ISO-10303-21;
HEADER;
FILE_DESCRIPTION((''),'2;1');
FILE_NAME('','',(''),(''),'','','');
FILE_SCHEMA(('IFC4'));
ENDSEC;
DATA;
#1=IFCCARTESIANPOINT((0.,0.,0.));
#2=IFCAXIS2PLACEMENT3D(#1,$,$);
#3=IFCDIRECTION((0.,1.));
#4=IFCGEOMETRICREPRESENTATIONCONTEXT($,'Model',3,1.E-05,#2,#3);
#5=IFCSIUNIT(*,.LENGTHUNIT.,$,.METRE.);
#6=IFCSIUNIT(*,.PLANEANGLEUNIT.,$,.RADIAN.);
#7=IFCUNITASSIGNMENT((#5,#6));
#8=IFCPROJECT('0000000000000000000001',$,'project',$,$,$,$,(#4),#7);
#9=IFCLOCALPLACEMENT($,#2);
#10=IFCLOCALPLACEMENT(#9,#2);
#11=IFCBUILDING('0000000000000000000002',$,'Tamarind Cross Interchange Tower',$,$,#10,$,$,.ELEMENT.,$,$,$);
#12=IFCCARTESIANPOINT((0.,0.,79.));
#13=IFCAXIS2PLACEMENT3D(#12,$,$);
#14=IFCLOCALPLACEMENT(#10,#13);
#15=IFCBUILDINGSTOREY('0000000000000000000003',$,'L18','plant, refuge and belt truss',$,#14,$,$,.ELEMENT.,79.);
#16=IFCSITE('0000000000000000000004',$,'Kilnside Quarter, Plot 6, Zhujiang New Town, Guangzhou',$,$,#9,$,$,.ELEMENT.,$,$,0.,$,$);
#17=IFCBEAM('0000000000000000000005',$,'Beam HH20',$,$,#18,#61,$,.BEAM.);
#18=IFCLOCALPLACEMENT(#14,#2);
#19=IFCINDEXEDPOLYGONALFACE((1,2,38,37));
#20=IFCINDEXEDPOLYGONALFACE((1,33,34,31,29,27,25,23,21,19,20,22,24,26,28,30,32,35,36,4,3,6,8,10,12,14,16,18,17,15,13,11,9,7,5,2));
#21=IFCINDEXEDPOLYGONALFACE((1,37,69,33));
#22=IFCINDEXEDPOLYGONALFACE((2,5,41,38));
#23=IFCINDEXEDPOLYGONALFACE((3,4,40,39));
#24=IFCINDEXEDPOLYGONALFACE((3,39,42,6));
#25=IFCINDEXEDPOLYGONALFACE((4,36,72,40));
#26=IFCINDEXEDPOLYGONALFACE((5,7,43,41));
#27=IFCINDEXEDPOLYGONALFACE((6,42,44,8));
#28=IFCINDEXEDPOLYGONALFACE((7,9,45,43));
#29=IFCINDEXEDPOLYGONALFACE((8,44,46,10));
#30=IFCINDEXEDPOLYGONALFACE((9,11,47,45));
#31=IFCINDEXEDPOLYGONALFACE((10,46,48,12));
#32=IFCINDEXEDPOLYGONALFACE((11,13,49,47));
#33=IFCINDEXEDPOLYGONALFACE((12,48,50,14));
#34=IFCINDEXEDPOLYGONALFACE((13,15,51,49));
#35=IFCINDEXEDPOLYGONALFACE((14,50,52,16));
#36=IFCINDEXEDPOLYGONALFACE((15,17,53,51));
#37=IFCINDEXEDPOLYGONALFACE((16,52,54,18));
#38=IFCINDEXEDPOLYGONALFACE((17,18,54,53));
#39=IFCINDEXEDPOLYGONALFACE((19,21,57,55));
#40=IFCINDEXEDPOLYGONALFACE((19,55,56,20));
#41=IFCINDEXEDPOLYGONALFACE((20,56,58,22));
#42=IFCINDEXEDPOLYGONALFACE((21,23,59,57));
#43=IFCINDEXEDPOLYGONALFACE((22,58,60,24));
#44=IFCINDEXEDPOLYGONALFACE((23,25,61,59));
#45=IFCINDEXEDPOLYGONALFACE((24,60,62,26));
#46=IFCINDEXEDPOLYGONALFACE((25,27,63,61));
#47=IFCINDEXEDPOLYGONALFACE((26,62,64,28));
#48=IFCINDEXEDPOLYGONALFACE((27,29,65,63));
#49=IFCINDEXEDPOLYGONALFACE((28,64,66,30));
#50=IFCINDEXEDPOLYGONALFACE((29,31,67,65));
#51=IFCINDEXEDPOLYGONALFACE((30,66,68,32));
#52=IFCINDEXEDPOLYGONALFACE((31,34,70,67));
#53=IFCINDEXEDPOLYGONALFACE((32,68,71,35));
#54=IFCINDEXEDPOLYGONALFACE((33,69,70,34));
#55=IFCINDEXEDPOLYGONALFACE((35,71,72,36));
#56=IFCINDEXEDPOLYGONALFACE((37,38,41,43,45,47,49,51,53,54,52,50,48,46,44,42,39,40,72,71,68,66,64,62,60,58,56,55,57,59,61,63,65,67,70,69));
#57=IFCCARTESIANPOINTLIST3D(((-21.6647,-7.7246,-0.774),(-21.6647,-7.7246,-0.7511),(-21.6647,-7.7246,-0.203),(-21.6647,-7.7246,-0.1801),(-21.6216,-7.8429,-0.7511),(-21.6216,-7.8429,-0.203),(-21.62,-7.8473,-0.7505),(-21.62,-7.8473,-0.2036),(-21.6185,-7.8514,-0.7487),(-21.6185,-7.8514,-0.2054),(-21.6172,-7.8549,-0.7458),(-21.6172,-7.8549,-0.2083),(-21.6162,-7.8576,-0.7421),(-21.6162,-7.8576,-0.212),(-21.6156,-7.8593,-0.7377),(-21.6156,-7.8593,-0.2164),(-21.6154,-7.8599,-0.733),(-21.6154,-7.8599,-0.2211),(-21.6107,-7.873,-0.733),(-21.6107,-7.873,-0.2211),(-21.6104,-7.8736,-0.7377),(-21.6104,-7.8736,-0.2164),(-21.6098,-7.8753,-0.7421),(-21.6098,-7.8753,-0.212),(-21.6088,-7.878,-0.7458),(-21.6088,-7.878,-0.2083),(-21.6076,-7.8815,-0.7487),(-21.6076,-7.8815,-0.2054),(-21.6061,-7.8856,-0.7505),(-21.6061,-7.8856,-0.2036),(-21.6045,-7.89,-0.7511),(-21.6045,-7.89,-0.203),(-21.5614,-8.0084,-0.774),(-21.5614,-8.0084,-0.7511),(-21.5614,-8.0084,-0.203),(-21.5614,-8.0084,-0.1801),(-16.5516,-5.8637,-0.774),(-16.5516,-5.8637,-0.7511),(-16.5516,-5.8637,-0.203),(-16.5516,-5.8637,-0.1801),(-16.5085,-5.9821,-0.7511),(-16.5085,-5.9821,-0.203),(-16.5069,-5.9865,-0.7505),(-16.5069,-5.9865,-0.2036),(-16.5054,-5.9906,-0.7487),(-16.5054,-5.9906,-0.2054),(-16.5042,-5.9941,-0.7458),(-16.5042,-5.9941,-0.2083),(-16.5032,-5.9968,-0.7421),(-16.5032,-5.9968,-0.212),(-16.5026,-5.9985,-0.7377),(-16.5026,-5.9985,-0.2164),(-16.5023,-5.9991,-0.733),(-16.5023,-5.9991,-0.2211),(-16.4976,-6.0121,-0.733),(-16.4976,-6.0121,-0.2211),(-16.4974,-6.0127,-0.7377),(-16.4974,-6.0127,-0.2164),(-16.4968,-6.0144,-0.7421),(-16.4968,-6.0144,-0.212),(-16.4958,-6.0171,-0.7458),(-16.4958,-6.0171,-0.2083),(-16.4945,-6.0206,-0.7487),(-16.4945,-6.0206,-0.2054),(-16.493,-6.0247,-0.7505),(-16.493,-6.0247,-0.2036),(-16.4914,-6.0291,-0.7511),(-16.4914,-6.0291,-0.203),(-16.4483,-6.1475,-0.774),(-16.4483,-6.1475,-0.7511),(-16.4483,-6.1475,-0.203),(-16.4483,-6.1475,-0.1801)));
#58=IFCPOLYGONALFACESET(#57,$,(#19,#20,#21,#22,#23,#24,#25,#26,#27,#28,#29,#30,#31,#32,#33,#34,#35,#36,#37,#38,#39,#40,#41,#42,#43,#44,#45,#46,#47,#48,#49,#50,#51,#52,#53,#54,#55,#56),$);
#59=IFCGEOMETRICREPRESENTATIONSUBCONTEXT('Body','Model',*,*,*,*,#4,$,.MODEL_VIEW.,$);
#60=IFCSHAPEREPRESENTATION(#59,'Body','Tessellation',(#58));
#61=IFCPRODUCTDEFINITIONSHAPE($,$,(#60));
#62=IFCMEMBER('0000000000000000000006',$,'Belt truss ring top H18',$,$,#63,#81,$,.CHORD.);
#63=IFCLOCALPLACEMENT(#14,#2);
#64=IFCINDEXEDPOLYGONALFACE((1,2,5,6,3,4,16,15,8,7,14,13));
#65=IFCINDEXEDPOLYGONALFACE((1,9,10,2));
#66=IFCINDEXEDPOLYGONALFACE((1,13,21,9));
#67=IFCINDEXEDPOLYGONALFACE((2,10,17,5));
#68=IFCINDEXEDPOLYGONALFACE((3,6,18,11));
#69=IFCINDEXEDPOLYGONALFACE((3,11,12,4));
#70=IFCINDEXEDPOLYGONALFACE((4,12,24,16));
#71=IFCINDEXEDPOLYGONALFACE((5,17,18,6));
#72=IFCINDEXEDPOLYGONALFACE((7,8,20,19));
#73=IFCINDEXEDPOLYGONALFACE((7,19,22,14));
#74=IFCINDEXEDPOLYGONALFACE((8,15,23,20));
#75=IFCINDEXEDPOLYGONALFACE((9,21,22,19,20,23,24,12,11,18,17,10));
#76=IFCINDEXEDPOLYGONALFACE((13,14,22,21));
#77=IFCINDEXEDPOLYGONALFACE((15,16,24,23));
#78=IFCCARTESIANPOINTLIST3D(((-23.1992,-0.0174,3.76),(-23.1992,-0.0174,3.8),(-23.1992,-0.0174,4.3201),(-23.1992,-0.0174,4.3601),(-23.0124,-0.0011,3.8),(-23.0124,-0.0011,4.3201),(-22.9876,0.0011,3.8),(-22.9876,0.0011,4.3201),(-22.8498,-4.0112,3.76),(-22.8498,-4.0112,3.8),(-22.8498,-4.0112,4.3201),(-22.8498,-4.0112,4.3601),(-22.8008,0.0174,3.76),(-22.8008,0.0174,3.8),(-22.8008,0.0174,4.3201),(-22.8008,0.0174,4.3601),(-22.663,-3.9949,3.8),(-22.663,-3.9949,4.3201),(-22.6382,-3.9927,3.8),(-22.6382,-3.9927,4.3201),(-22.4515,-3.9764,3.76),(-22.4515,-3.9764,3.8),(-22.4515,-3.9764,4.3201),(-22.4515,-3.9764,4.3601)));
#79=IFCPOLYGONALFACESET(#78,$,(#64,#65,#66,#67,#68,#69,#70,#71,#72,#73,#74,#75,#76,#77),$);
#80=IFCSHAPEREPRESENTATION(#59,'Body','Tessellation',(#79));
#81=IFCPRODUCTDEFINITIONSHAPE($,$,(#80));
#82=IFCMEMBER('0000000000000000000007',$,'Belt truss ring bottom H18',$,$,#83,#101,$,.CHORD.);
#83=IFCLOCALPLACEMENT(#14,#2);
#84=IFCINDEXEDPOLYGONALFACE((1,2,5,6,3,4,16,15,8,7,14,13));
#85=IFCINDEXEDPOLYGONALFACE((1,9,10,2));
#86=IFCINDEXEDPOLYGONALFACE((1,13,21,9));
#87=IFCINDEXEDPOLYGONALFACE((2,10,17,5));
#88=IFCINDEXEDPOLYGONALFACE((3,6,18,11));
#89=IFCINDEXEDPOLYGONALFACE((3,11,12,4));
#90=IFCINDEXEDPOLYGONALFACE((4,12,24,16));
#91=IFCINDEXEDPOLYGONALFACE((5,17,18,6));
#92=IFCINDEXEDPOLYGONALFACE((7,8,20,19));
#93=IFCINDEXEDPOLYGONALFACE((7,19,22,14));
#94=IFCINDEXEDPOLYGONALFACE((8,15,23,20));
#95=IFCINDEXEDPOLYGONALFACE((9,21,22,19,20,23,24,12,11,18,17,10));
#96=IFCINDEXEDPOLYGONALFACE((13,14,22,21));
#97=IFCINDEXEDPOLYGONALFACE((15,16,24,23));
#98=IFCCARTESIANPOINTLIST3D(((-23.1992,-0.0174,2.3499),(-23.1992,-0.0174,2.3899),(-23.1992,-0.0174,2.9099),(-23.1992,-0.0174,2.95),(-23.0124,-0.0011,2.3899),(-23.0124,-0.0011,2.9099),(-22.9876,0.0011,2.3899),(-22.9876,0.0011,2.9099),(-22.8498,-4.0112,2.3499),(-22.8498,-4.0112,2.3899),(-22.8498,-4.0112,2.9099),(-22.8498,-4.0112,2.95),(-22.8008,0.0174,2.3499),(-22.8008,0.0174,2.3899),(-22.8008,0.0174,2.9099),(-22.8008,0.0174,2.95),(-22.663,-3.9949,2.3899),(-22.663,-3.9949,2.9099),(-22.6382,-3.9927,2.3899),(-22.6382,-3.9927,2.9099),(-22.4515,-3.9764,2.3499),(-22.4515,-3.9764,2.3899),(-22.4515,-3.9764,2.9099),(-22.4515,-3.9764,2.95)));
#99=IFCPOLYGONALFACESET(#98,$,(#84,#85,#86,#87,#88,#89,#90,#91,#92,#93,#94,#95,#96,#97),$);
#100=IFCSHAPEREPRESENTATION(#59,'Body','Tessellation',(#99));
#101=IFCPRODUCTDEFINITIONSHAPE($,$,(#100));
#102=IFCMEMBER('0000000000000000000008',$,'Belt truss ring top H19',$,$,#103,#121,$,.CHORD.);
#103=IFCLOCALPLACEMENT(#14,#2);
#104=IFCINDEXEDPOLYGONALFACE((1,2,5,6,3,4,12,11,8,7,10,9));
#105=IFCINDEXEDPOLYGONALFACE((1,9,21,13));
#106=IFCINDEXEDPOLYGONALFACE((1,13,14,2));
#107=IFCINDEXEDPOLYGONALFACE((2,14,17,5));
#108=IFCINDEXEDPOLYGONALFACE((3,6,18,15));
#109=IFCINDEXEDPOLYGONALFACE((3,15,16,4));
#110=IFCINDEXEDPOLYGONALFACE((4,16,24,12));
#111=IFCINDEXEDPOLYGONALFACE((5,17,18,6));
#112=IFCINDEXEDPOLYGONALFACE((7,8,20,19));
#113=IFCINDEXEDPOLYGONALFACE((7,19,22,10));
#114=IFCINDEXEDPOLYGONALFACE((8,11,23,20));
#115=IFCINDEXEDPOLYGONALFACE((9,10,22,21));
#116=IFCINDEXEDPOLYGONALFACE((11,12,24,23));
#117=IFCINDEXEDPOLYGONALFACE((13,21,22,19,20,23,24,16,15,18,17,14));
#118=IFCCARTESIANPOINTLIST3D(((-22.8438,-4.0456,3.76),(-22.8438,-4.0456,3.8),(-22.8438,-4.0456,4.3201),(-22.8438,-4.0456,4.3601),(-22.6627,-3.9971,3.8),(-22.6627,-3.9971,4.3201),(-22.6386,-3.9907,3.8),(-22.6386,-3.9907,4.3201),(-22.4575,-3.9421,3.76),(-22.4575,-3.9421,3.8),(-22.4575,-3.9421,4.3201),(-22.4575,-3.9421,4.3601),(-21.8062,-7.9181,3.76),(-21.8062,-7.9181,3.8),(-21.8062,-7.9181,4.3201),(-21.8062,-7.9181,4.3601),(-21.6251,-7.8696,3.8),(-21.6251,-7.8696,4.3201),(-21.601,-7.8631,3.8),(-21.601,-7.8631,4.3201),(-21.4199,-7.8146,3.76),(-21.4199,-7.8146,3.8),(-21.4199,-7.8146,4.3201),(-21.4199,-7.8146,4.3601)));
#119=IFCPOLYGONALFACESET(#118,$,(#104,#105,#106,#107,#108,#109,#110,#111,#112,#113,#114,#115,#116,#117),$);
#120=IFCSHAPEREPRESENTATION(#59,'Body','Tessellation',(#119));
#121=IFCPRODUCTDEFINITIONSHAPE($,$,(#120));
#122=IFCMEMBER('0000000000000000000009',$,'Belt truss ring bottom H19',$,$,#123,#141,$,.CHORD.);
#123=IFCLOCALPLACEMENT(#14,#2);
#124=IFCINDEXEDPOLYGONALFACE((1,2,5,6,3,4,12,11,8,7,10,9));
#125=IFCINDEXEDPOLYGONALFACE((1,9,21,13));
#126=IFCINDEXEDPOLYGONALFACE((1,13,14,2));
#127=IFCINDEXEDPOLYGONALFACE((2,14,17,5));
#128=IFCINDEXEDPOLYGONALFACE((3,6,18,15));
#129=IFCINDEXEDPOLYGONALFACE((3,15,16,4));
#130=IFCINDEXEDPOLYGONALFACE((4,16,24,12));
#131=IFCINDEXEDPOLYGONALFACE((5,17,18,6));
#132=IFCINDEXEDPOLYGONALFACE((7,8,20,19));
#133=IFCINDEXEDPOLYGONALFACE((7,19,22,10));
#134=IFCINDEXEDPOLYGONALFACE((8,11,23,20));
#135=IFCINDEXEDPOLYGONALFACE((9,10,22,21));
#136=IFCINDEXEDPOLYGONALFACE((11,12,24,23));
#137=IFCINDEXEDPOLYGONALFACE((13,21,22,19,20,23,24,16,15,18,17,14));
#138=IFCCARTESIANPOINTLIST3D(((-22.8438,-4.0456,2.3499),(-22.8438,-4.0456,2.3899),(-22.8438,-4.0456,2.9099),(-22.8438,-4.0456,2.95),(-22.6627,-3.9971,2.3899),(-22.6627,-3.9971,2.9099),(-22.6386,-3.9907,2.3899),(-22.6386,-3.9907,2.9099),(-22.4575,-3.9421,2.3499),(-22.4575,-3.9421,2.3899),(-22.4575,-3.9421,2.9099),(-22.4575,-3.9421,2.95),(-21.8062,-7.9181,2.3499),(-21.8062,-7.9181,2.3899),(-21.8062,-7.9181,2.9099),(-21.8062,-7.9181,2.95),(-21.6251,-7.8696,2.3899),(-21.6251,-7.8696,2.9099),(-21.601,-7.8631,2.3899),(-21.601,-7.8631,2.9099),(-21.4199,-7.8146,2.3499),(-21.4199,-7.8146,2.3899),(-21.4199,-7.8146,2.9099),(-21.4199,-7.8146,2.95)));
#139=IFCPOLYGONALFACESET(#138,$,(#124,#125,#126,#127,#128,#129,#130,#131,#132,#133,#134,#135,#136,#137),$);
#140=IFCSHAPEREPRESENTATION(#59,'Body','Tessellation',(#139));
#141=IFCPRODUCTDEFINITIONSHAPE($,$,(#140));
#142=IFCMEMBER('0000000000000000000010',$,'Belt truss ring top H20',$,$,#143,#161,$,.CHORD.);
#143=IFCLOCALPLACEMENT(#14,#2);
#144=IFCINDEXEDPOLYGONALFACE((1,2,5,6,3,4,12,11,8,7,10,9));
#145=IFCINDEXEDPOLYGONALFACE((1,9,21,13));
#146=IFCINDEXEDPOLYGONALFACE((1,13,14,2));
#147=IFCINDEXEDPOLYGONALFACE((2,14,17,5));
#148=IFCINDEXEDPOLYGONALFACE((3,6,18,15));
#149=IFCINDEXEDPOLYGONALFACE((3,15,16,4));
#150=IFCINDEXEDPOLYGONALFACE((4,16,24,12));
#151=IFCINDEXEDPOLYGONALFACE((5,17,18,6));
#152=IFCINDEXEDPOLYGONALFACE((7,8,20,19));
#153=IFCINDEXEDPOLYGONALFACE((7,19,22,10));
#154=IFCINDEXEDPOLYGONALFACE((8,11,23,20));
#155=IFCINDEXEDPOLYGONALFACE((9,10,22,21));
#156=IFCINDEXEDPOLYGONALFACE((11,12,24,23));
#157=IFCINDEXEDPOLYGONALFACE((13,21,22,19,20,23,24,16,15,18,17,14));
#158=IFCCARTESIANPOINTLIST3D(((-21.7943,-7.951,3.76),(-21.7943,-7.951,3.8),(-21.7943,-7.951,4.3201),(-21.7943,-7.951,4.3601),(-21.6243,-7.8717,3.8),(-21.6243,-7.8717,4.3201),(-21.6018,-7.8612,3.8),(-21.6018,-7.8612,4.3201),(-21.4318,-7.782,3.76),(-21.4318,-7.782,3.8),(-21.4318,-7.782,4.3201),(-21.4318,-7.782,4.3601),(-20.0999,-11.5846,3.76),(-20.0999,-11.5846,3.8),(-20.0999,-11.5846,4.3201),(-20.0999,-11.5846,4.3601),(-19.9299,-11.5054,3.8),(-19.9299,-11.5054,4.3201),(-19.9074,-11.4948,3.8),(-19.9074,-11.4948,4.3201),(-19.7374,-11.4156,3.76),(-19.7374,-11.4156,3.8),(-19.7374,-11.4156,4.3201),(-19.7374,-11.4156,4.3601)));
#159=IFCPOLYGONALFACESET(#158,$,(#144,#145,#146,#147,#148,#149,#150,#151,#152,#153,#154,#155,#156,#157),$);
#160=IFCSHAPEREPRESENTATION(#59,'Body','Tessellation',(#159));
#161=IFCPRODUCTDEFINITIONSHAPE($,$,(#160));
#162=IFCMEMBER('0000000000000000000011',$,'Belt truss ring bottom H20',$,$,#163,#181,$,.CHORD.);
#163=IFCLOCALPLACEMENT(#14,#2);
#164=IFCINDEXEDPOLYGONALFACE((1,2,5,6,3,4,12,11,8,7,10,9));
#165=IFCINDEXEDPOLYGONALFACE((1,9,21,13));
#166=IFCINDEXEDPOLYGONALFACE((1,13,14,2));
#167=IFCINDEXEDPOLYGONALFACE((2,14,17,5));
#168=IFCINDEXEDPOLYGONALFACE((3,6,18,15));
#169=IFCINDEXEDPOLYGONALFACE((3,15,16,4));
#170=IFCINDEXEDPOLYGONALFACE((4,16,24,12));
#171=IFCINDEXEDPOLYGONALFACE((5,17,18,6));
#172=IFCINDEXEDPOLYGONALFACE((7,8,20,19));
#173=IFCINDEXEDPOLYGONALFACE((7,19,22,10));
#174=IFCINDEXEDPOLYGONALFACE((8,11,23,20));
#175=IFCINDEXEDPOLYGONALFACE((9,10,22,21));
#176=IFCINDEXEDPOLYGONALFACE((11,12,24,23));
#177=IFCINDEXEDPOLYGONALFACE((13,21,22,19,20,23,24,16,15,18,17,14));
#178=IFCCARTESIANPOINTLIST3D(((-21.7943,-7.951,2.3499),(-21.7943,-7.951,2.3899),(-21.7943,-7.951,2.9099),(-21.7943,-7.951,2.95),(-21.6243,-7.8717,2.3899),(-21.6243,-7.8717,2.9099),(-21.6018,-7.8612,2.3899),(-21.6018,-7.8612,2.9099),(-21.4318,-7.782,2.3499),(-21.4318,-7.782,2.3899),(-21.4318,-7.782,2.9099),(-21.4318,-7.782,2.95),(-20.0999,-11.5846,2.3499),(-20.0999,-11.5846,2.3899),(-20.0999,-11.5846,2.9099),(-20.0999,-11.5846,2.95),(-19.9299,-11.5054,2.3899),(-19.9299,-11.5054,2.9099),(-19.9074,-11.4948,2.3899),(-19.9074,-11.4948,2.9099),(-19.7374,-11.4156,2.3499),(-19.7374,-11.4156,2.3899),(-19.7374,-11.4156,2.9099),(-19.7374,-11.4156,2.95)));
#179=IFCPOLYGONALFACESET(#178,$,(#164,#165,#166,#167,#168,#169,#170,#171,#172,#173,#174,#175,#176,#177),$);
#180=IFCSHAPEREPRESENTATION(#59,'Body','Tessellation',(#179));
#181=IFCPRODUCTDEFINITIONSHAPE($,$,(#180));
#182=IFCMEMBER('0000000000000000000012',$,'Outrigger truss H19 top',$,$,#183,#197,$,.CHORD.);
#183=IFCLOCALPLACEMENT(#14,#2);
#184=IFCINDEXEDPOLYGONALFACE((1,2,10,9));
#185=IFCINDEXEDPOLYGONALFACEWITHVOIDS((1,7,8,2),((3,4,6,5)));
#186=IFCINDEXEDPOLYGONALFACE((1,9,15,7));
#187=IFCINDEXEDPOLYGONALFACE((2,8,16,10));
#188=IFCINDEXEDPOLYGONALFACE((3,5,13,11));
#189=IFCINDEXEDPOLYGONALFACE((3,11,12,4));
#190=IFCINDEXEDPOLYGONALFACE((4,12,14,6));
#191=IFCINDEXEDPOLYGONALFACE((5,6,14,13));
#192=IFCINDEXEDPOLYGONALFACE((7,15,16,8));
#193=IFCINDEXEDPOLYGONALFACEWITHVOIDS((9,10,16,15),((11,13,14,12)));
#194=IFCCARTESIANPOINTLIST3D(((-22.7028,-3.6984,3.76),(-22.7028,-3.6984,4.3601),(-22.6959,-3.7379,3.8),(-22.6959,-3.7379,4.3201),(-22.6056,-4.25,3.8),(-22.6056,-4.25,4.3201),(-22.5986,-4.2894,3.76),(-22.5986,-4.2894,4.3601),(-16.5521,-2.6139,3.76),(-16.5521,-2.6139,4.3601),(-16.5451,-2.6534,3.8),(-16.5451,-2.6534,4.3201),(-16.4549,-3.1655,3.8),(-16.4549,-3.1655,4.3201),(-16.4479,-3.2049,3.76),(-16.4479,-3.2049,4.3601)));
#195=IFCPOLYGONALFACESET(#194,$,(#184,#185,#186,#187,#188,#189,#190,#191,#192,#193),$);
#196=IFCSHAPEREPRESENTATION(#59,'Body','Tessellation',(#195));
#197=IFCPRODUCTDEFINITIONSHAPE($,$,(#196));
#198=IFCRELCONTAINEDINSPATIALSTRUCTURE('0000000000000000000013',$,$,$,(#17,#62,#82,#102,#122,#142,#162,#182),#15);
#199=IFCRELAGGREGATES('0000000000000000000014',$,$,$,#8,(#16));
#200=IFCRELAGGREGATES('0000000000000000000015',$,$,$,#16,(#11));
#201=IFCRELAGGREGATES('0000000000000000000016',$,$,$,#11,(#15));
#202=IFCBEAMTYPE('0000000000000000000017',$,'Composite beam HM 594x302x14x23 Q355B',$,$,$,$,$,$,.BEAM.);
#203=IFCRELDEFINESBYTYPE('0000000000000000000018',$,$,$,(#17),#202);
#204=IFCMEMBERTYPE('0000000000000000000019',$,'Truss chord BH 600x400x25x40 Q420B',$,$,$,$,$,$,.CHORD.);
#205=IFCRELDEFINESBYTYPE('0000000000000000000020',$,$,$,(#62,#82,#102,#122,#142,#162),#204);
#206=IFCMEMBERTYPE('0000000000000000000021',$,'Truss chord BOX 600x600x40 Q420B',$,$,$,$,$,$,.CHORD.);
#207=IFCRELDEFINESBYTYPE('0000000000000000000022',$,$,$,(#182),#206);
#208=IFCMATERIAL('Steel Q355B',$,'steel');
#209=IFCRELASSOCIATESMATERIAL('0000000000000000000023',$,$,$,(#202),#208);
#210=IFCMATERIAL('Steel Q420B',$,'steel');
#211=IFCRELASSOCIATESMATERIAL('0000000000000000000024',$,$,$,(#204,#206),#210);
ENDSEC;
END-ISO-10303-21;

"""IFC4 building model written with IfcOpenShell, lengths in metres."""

from ifc_helpers import new_model, si_unit, direction, frame, origin, origin_2d, place, context, subcontext, project, spatial, hollow_rectangle, i_section, extrude, material, material_profile, profile_set, type_object, element, save


model = new_model("IFC4")

# Units and contexts
model_context = context("Model", 3, precision=1e-05, world=origin(), true_north=direction((0.0, 1.0)))
body_context = subcontext(model_context, "Body", "Model", "MODEL_VIEW")
ifc_project = project(units=[si_unit("LENGTHUNIT", "METRE"), si_unit("PLANEANGLEUNIT", "RADIAN")], contexts=[model_context])

# Site, building, storey
site_placement = place(None, origin())
site = spatial("IfcSite", under=ifc_project, at=site_placement, Name="Kilnside Quarter, Plot 6, Zhujiang New Town, Guangzhou", CompositionType="ELEMENT", RefElevation=0.0)
building_placement = place(site_placement, origin())
building = spatial("IfcBuilding", under=site, at=building_placement, Name="Tamarind Cross Interchange Tower", CompositionType="ELEMENT")
storey_placement = place(building_placement, frame((0.0, 0.0, 79.0)))
storey = spatial("IfcBuildingStorey", under=building, at=storey_placement, Name="L18", Description="plant, refuge and belt truss", CompositionType="ELEMENT", Elevation=79.0)

# Beam
ifc_material_1 = material(Name="Steel Q355B", Category="steel")
ifc_material_profile_1 = material_profile(ifc_material_1, i_section(OverallWidth=0.302, OverallDepth=0.594, WebThickness=0.0139, FlangeThickness=0.0229, FilletRadius=0.0181, at=origin_2d()), Name="HM 594x302x14x23")
ifc_profile_set_1 = profile_set([ifc_material_profile_1], Name="Steel Q355B")
beam_type = type_object("IfcBeamType", Name="Composite beam HM 594x302x14x23 Q355B", PredefinedType="BEAM", material=ifc_profile_set_1)
beam_1_placement = place(storey_placement, frame((-21.613, -7.8665, -0.4771), z_axis=(0.939702, 0.341995, 0.0), x_axis=(-0.341995, 0.939702, 0.0)))
element("IfcBeam", 1, at=beam_1_placement, inside=storey, type_object=beam_type, Name="Beam HH20", PredefinedType="BEAM", context=body_context, shape_type="SweptSolid", body=[
    extrude(i_section(OverallWidth=0.302, OverallDepth=0.594, WebThickness=0.0139, FlangeThickness=0.0229, FilletRadius=0.0181, at=origin_2d()), origin(), (0.0, 0.0, 1.0), 5.4412),
])

# Members
ifc_material_2 = material(Name="Steel Q420B", Category="steel")
ifc_material_profile_2 = material_profile(ifc_material_2, i_section(OverallWidth=0.3999, OverallDepth=0.6001, WebThickness=0.0249, FlangeThickness=0.04, at=origin_2d()), Name="BH 600x400x25x40")
ifc_profile_set_2 = profile_set([ifc_material_profile_2], Name="Steel Q420B")
member_type_1 = type_object("IfcMemberType", Name="Truss chord BH 600x400x25x40 Q420B", PredefinedType="CHORD", material=ifc_profile_set_2)
for number, where, z_axis, x_axis, name in (
    (2, (-23.0, 0.0, 4.0601), (0.087142, -0.996196, 0.0), (0.996196, 0.087142, 0.0), "Belt truss ring top H18"),
    (3, (-23.0, 0.0, 2.6499), (0.087142, -0.996196, 0.0), (0.996196, 0.087142, 0.0), "Belt truss ring bottom H18"),
    (4, (-22.6506, -3.9939, 4.0601), (0.258807, -0.965929, 0.0), (0.965929, 0.258807, 0.0), "Belt truss ring top H19"),
    (5, (-22.6506, -3.9939, 2.6499), (0.258807, -0.965929, 0.0), (0.965929, 0.258807, 0.0), "Belt truss ring bottom H19"),
):
    element("IfcMember", number, at=place(storey_placement, frame(where, z_axis=z_axis, x_axis=x_axis)), inside=storey, type_object=member_type_1, Name=name, PredefinedType="CHORD", context=body_context, shape_type="SweptSolid", body=[
        extrude(i_section(OverallWidth=0.3999, OverallDepth=0.6001, WebThickness=0.0249, FlangeThickness=0.04, at=origin_2d()), origin(), (0.0, 0.0, 1.0), 4.009),
    ])
for number, where, z_axis, x_axis, name in (
    (6, (-21.613, -7.8665, 4.0601), (0.422615, -0.906309, 0.0), (0.906309, 0.422615, 0.0), "Belt truss ring top H20"),
    (7, (-21.613, -7.8665, 2.6499), (0.422615, -0.906309, 0.0), (0.906309, 0.422615, 0.0), "Belt truss ring bottom H20"),
):
    element("IfcMember", number, at=place(storey_placement, frame(where, z_axis=z_axis, x_axis=x_axis)), inside=storey, type_object=member_type_1, Name=name, PredefinedType="CHORD", context=body_context, shape_type="SweptSolid", body=[
        extrude(i_section(OverallWidth=0.3999, OverallDepth=0.6001, WebThickness=0.0249, FlangeThickness=0.04, at=origin_2d()), origin(), (0.0, 0.0, 1.0), 4.0093),
    ])
ifc_material_profile_3 = material_profile(ifc_material_2, hollow_rectangle(XDim=0.6001, YDim=0.6001, WallThickness=0.04, at=origin_2d()), Name="BOX 600x600x40")
ifc_profile_set_3 = profile_set([ifc_material_profile_3], Name="Steel Q420B")
member_type_2 = type_object("IfcMemberType", Name="Truss chord BOX 600x600x40 Q420B", PredefinedType="CHORD", material=ifc_profile_set_3)
for number, where, z_axis, x_axis, name in (
    (8, (-16.5, -2.9094, 4.0601), (-0.984809, -0.17364, 0.0), (0.17364, -0.984809, 0.0), "Outrigger truss H19 top"),
):
    element("IfcMember", number, at=place(storey_placement, frame(where, z_axis=z_axis, x_axis=x_axis)), inside=storey, type_object=member_type_2, Name=name, PredefinedType="CHORD", context=body_context, shape_type="SweptSolid", body=[
        extrude(hollow_rectangle(XDim=0.6001, YDim=0.6001, WallThickness=0.04, at=origin_2d()), origin(), (0.0, 0.0, 1.0), 6.2456),
    ])

save(model, "model.ifc")
